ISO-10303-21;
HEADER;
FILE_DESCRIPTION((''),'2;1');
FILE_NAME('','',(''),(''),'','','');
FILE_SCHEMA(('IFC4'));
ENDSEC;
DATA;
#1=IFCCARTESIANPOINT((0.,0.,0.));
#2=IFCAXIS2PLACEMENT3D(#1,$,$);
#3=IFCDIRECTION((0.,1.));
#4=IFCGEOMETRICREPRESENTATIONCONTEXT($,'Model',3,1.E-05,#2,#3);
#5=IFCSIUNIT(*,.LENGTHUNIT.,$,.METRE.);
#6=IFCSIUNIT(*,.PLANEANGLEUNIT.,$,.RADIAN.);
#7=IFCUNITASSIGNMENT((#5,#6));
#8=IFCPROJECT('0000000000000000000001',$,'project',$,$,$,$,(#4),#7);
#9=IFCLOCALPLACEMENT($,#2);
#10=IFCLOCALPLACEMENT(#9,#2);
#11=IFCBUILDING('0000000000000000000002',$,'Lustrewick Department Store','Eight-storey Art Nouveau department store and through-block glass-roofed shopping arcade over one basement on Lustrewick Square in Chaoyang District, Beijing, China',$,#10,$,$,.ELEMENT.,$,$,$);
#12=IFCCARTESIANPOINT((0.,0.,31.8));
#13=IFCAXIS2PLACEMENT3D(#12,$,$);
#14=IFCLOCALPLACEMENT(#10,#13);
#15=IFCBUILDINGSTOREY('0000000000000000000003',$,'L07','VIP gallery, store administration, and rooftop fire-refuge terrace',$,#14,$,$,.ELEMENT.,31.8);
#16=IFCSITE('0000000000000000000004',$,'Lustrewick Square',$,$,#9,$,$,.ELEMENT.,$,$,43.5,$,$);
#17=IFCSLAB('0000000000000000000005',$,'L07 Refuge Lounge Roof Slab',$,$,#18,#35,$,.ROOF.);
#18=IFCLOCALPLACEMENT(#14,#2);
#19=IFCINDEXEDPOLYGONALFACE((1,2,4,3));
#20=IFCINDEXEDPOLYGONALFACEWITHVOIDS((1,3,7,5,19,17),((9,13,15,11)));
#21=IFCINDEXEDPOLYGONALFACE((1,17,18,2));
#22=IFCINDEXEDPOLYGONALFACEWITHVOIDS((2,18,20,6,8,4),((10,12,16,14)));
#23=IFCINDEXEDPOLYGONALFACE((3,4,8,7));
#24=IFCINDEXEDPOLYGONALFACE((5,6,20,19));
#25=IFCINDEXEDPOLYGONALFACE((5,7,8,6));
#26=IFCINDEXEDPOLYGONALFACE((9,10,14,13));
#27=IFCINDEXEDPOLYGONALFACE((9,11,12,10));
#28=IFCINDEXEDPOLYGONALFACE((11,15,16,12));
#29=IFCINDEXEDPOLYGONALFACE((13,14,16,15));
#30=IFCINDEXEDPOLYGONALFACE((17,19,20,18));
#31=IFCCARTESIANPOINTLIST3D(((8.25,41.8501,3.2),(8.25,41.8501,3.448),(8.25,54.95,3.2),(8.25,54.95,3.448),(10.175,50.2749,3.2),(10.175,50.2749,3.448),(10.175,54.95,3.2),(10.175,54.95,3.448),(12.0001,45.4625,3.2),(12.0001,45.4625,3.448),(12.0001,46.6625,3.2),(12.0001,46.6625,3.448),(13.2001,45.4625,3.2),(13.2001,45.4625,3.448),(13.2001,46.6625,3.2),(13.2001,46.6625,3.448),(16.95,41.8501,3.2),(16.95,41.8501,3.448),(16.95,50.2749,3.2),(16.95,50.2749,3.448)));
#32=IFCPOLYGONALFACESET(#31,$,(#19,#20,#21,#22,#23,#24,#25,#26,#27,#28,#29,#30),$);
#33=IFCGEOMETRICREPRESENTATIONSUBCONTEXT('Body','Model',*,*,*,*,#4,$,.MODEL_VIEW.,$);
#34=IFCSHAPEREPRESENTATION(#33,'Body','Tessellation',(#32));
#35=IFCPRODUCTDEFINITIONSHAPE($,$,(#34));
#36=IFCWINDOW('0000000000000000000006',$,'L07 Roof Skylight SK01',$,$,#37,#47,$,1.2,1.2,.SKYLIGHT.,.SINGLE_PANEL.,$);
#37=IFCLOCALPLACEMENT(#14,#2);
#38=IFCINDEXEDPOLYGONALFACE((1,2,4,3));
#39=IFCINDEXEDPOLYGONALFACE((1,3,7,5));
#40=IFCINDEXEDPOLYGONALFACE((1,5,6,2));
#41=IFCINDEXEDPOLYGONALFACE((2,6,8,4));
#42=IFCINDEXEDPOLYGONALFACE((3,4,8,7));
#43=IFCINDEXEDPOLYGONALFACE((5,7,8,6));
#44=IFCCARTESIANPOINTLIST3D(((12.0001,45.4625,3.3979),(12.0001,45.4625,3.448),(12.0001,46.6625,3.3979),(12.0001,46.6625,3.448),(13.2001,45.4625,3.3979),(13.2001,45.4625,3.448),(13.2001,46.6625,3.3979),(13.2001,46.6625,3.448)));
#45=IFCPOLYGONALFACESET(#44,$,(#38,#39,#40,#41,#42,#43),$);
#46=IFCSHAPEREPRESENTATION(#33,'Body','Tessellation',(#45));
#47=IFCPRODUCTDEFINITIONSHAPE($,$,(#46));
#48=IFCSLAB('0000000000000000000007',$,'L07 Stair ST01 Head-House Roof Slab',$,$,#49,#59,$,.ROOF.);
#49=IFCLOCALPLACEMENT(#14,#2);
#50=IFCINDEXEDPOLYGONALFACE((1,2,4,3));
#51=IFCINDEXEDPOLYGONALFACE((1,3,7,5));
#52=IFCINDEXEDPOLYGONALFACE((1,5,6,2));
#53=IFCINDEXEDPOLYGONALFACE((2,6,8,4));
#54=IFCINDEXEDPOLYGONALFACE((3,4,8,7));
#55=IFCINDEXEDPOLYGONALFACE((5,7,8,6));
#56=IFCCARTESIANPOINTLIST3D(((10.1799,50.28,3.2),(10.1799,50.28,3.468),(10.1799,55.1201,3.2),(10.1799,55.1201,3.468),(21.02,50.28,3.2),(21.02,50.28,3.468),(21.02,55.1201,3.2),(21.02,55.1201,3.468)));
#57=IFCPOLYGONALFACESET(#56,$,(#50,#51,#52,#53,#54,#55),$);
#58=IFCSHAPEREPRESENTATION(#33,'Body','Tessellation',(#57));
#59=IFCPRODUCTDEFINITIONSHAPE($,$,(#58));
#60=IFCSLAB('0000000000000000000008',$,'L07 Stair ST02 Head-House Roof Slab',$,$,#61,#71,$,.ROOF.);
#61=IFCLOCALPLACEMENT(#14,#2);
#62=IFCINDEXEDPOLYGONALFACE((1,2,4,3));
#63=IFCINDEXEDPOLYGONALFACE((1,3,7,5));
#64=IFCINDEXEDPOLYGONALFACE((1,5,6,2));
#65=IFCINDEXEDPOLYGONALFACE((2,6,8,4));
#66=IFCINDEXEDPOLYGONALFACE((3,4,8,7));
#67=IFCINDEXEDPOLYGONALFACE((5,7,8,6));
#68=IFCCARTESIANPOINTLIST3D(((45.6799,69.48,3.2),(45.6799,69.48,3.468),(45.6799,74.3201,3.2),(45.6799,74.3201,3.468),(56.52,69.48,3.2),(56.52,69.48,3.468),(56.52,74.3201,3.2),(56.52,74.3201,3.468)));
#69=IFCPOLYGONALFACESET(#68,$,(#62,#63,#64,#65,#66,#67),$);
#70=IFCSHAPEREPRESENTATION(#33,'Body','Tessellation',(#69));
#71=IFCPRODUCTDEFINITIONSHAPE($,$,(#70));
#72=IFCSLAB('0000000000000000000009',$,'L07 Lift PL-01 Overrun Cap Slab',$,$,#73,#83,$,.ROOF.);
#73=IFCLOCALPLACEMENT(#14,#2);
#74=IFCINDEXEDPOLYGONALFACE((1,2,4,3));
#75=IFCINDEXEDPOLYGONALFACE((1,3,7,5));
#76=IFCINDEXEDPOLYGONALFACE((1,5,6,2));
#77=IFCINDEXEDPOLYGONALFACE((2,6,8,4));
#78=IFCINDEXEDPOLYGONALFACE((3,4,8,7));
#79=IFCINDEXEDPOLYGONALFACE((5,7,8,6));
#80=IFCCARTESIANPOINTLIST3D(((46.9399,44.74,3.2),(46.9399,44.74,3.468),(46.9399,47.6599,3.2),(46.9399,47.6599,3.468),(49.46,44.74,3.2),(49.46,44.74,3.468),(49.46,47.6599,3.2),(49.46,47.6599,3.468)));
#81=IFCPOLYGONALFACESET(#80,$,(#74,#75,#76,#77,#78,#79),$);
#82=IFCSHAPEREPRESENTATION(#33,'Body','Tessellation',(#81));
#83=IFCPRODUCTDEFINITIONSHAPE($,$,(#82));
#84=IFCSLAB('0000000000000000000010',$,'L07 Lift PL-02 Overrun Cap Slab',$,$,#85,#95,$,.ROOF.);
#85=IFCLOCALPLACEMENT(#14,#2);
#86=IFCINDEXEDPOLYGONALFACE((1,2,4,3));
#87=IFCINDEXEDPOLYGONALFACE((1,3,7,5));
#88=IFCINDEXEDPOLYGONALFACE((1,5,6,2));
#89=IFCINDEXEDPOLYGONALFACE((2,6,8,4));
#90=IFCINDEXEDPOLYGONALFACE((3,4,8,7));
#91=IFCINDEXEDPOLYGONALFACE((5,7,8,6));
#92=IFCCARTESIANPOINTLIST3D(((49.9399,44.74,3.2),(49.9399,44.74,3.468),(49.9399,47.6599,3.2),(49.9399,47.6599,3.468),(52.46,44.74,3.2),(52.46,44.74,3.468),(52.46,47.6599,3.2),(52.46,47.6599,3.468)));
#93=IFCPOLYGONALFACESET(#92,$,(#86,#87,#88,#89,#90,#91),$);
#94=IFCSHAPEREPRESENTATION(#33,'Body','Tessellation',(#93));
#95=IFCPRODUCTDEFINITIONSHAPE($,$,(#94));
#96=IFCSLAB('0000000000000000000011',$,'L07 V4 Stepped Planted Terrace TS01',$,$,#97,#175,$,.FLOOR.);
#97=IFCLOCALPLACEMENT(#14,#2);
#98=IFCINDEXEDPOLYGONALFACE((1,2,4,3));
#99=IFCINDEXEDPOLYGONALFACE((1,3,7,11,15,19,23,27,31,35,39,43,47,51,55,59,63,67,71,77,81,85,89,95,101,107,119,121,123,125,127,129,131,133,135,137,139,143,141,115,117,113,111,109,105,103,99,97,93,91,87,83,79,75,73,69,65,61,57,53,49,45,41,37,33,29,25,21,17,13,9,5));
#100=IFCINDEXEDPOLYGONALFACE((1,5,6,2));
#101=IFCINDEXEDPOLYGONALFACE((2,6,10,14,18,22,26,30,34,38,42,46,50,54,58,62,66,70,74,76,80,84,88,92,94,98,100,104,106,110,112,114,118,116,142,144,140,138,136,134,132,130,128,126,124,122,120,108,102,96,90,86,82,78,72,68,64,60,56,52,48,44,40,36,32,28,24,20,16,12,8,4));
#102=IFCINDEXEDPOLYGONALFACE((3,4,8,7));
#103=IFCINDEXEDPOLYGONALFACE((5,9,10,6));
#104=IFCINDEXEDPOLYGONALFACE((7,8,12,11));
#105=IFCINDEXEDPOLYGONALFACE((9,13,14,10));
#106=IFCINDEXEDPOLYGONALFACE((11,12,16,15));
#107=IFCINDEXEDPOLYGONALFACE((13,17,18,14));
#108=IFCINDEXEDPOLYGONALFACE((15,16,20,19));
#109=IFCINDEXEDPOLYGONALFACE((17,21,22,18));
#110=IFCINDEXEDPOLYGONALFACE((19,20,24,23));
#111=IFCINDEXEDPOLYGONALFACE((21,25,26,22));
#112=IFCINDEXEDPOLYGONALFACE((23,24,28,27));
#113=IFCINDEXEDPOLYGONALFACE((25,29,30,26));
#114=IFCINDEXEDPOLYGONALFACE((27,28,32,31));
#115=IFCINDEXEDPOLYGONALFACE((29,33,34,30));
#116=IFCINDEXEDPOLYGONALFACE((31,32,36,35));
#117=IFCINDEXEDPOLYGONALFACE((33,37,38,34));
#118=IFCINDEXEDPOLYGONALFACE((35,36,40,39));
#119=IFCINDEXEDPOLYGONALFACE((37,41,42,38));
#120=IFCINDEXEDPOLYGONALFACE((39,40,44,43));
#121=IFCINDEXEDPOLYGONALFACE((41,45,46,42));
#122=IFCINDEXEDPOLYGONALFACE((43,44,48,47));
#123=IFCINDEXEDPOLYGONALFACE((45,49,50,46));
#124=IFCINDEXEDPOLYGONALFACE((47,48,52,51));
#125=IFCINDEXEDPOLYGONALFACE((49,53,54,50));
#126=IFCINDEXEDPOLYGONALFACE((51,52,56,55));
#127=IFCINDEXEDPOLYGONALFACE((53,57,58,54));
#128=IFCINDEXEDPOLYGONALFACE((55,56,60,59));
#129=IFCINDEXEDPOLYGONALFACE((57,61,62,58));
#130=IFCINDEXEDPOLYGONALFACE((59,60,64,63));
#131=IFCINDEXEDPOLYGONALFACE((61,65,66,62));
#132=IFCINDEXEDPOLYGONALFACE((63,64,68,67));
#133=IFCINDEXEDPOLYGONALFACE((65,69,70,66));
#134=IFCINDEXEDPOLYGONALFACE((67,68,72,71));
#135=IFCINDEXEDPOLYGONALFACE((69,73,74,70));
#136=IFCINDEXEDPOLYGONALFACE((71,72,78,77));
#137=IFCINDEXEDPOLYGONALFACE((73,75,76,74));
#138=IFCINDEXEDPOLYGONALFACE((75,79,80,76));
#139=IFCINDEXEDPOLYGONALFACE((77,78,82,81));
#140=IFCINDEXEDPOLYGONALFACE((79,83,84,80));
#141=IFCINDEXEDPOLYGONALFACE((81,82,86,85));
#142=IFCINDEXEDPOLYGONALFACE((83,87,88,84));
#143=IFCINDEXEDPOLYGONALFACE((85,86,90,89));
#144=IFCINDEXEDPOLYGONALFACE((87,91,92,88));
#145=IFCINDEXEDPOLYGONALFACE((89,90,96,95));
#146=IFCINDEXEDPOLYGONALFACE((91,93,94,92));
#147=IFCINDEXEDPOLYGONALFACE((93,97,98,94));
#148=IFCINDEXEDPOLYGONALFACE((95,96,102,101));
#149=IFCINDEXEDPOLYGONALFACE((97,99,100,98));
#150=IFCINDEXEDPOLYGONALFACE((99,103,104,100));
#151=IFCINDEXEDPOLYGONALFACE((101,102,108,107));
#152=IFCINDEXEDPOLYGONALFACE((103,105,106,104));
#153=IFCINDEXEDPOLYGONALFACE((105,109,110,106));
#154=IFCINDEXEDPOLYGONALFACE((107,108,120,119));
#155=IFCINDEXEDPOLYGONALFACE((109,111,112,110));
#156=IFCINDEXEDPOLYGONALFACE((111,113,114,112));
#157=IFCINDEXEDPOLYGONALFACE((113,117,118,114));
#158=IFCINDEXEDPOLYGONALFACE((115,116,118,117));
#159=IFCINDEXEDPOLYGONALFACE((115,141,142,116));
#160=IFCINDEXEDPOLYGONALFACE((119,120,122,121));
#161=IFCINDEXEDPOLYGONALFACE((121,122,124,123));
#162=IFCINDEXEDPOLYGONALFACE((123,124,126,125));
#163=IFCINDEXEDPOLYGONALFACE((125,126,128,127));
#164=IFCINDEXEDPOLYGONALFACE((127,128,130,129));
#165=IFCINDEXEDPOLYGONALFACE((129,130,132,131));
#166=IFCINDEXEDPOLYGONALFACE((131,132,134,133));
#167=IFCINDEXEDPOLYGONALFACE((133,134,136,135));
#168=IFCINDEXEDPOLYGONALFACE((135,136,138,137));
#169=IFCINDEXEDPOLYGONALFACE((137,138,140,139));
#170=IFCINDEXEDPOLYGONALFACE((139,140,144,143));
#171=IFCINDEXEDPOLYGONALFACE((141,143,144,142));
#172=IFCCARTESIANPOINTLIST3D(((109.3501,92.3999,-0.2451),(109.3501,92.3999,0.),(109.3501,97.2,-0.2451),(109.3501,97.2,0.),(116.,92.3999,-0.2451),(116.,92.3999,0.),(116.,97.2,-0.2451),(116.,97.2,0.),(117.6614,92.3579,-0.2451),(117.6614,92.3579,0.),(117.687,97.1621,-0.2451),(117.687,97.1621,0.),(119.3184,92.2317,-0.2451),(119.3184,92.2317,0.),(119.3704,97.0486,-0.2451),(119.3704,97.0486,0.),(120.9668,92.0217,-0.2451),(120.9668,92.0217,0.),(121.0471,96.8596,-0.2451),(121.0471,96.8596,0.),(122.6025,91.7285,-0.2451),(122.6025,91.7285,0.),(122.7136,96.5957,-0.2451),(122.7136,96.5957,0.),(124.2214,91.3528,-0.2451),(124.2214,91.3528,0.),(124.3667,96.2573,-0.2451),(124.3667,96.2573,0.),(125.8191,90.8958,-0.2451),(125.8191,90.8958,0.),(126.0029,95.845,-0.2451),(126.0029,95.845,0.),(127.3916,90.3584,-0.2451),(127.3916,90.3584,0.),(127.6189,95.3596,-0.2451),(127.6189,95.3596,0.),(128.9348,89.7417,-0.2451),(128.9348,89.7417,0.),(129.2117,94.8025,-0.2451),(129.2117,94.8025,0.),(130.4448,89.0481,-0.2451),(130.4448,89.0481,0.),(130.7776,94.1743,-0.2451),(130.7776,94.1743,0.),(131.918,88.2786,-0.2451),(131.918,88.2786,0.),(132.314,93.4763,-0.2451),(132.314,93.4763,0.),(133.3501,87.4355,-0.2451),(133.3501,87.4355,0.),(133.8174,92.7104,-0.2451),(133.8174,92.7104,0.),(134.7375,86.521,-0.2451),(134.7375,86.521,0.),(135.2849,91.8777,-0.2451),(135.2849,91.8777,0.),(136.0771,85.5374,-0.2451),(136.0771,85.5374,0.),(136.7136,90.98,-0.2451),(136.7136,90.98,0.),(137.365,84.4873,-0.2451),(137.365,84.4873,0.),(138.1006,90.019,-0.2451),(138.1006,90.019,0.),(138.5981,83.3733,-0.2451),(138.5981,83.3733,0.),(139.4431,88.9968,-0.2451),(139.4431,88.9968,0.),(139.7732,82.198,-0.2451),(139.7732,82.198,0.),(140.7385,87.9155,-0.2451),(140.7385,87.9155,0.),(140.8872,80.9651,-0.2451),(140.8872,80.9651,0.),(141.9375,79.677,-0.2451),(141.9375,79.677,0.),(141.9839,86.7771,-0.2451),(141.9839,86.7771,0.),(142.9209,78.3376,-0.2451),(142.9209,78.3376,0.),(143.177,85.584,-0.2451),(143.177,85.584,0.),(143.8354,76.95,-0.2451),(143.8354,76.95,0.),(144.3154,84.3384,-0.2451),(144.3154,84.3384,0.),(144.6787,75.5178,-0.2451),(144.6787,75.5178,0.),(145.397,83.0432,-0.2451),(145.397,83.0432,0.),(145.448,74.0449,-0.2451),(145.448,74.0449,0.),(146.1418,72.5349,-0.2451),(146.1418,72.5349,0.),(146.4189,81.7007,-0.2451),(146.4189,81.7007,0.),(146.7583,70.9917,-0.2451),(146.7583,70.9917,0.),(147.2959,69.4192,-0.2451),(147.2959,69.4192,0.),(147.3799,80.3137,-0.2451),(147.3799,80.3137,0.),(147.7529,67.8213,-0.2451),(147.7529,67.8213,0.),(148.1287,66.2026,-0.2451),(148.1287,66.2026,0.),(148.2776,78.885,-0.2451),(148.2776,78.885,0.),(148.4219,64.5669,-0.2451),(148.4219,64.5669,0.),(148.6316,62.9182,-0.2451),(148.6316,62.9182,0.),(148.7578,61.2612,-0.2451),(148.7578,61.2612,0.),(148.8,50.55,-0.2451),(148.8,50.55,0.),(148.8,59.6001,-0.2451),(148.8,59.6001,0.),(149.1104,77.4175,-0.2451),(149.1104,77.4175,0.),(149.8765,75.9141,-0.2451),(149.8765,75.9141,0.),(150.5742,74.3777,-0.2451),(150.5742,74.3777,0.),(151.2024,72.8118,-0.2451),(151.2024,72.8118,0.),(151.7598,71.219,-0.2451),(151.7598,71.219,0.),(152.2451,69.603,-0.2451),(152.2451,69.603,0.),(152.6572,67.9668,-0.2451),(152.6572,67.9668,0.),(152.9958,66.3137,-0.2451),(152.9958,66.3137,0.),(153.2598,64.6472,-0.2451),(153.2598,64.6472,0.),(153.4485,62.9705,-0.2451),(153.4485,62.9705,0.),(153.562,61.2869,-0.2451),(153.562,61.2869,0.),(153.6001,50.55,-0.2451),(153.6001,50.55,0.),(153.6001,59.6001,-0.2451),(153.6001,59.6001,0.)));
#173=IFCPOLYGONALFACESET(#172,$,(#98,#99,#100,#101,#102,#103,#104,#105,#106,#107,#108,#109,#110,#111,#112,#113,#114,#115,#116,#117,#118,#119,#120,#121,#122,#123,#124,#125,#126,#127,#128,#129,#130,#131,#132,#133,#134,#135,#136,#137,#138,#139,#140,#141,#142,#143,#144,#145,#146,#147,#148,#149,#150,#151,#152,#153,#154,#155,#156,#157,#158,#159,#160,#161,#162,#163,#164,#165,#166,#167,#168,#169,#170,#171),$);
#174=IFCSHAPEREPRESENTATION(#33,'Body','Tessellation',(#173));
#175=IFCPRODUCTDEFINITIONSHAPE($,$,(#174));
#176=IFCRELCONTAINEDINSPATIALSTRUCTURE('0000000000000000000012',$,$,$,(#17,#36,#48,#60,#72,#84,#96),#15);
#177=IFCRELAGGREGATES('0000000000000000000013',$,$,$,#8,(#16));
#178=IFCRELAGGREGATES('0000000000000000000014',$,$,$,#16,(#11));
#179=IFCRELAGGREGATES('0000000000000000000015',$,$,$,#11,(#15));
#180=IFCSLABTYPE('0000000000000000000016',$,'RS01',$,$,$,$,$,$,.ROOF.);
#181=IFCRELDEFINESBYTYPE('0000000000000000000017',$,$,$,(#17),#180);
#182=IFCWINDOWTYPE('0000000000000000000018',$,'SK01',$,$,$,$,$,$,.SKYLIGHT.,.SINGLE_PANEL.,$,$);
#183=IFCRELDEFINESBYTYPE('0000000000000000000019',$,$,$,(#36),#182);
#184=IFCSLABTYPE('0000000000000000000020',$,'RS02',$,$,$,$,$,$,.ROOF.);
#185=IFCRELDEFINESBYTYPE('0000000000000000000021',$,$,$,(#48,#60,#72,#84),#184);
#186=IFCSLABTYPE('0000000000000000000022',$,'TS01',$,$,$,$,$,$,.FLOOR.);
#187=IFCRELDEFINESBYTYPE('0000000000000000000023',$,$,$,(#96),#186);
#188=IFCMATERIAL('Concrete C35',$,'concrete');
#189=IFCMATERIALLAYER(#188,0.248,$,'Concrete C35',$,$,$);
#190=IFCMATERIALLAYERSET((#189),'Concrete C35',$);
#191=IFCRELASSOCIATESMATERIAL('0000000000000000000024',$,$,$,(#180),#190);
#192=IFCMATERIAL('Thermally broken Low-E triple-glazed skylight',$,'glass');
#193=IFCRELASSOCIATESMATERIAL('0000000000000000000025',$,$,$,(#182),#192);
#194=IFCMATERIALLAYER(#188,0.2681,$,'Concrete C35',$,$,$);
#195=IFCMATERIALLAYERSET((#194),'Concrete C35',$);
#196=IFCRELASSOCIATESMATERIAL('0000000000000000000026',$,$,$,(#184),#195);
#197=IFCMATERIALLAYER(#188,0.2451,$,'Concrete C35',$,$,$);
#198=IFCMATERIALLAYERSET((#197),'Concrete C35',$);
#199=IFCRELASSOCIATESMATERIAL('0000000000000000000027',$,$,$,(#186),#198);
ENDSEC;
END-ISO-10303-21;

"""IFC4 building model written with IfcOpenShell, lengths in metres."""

from ifc_helpers import new_model, si_unit, direction, frame, origin, origin_2d, place, context, subcontext, project, spatial, polyline, rectangle, outline, extrude, material, layer, layer_set, type_object, element, fill, save


model = new_model("IFC4")

# Units and contexts
model_context = context("Model", 3, precision=1e-05, world=origin(), true_north=direction((0.0, 1.0)))
body_context = subcontext(model_context, "Body", "Model", "MODEL_VIEW")
ifc_project = project(units=[si_unit("LENGTHUNIT", "METRE"), si_unit("PLANEANGLEUNIT", "RADIAN")], contexts=[model_context])

# Site, building, storey
site_placement = place(None, origin())
site = spatial("IfcSite", under=ifc_project, at=site_placement, Name="Lustrewick Square", CompositionType="ELEMENT", RefElevation=43.5)
building_placement = place(site_placement, origin())
building = spatial("IfcBuilding", under=site, at=building_placement, Name="Lustrewick Department Store", Description="Eight-storey Art Nouveau department store and through-block glass-roofed shopping arcade over one basement on Lustrewick Square in Chaoyang District, Beijing, China", CompositionType="ELEMENT")
storey_placement = place(building_placement, frame((0.0, 0.0, 31.8)))
storey = spatial("IfcBuildingStorey", under=building, at=storey_placement, Name="L07", Description="VIP gallery, store administration, and rooftop fire-refuge terrace", CompositionType="ELEMENT", Elevation=31.8)

# Shared definitions
ifc_material_1 = material(Name="Concrete C35", Category="concrete")
ifc_layer_1 = layer(ifc_material_1, 0.248, Name="Concrete C35")
ifc_layer_set_1 = layer_set([ifc_layer_1], Name="Concrete C35")
slab_type_1 = type_object("IfcSlabType", Name="RS01", PredefinedType="ROOF", material=ifc_layer_set_1)
ifc_material_2 = material(Name="Thermally broken Low-E triple-glazed skylight", Category="glass")

# Slab, opening, window
slab_1_placement = place(storey_placement, frame((0.0, 0.0, 3.2)))
slab_1 = element("IfcSlab", 1, at=slab_1_placement, inside=storey, type_object=slab_type_1, Name="L07 Refuge Lounge Roof Slab", PredefinedType="ROOF", context=body_context, shape_type="SweptSolid", body=[
    extrude(outline(polyline([(10.175, 50.2749), (10.175, 54.95), (8.25, 54.95), (8.25, 50.2749), (8.25, 41.8501), (16.95, 41.8501), (16.95, 50.2749), (10.175, 50.2749)])), origin(), (0.0, 0.0, 1.0), 0.248),
])
opening_1_placement = place(slab_1_placement, frame((12.6001, 46.0625, -0.01)))
opening_1 = element("IfcOpeningElement", 2, at=opening_1_placement, cuts=slab_1, PredefinedType="OPENING", context=body_context, shape_type="SweptSolid", body=[
    extrude(rectangle(XDim=1.2, YDim=1.2, at=origin_2d()), origin(), (0.0, 0.0, 1.0), 0.2681),
])
window_type_1 = type_object("IfcWindowType", Name="SK01", PartitioningType="SINGLE_PANEL", PredefinedType="SKYLIGHT", material=ifc_material_2)
window_1_placement = place(opening_1_placement, frame((0.0, 0.0, 0.208)))
window_1 = element("IfcWindow", 3, at=window_1_placement, inside=storey, type_object=window_type_1, Name="L07 Roof Skylight SK01", OverallHeight=1.2, OverallWidth=1.2, PartitioningType="SINGLE_PANEL", PredefinedType="SKYLIGHT", context=body_context, shape_type="SweptSolid", body=[
    extrude(rectangle(XDim=1.2, YDim=1.2, at=origin_2d()), origin(), (0.0, 0.0, 1.0), 0.05),
])
fill(opening_1, window_1)

# Slabs
ifc_layer_2 = layer(ifc_material_1, 0.2681, Name="Concrete C35")
ifc_layer_set_2 = layer_set([ifc_layer_2], Name="Concrete C35")
slab_type_2 = type_object("IfcSlabType", Name="RS02", PredefinedType="ROOF", material=ifc_layer_set_2)
slab_2_placement = place(storey_placement, frame((0.0, 0.0, 3.2)))
element("IfcSlab", 4, at=slab_2_placement, inside=storey, type_object=slab_type_2, Name="L07 Stair ST01 Head-House Roof Slab", PredefinedType="ROOF", context=body_context, shape_type="SweptSolid", body=[
    extrude(outline(polyline([(21.02, 50.28), (21.02, 55.1201), (10.1799, 55.1201), (10.1799, 50.28), (21.02, 50.28)])), origin(), (0.0, 0.0, 1.0), 0.2681),
])
slab_3_placement = place(storey_placement, frame((0.0, 0.0, 3.2)))
element("IfcSlab", 5, at=slab_3_placement, inside=storey, type_object=slab_type_2, Name="L07 Stair ST02 Head-House Roof Slab", PredefinedType="ROOF", context=body_context, shape_type="SweptSolid", body=[
    extrude(outline(polyline([(56.52, 69.48), (56.52, 74.3201), (45.6799, 74.3201), (45.6799, 69.48), (56.52, 69.48)])), origin(), (0.0, 0.0, 1.0), 0.2681),
])
slab_4_placement = place(storey_placement, frame((0.0, 0.0, 3.2)))
element("IfcSlab", 6, at=slab_4_placement, inside=storey, type_object=slab_type_2, Name="L07 Lift PL-01 Overrun Cap Slab", PredefinedType="ROOF", context=body_context, shape_type="SweptSolid", body=[
    extrude(outline(polyline([(49.46, 44.74), (49.46, 47.6599), (46.9399, 47.6599), (46.9399, 44.74), (49.46, 44.74)])), origin(), (0.0, 0.0, 1.0), 0.2681),
])
slab_5_placement = place(storey_placement, frame((0.0, 0.0, 3.2)))
element("IfcSlab", 7, at=slab_5_placement, inside=storey, type_object=slab_type_2, Name="L07 Lift PL-02 Overrun Cap Slab", PredefinedType="ROOF", context=body_context, shape_type="SweptSolid", body=[
    extrude(outline(polyline([(52.46, 44.74), (52.46, 47.6599), (49.9399, 47.6599), (49.9399, 44.74), (52.46, 44.74)])), origin(), (0.0, 0.0, 1.0), 0.2681),
])
ifc_layer_3 = layer(ifc_material_1, 0.2451, Name="Concrete C35")
ifc_layer_set_3 = layer_set([ifc_layer_3], Name="Concrete C35")
slab_type_3 = type_object("IfcSlabType", Name="TS01", PredefinedType="FLOOR", material=ifc_layer_set_3)
slab_6_placement = place(storey_placement, frame((0.0, 0.0, -0.2451)))
element("IfcSlab", 8, at=slab_6_placement, inside=storey, type_object=slab_type_3, Name="L07 V4 Stepped Planted Terrace TS01", PredefinedType="FLOOR", context=body_context, shape_type="SweptSolid", body=[
    extrude(outline(polyline([(109.3501, 97.2), (109.3501, 92.3999), (116.0, 92.3999), (117.6614, 92.3579), (119.3184, 92.2317), (120.9668, 92.0217), (122.6025, 91.7285), (124.2214, 91.3528), (125.8191, 90.8958), (127.3916, 90.3584), (128.9348, 89.7417), (130.4448, 89.0481), (131.918, 88.2786), (133.3501, 87.4355), (134.7375, 86.521), (136.0771, 85.5374), (137.365, 84.4873), (138.5981, 83.3733), (139.7732, 82.198), (140.8872, 80.9651), (141.9375, 79.677), (142.9209, 78.3376), (143.8354, 76.95), (144.6787, 75.5178), (145.448, 74.0449), (146.1418, 72.5349), (146.7583, 70.9917), (147.2959, 69.4192), (147.7529, 67.8213), (148.1287, 66.2026), (148.4219, 64.5669), (148.6316, 62.9182), (148.7578, 61.2612), (148.8, 59.6001), (148.8, 50.55), (153.6001, 50.55), (153.6001, 59.6001), (153.562, 61.2869), (153.4485, 62.9705), (153.2598, 64.6472), (152.9958, 66.3137), (152.6572, 67.9668), (152.2451, 69.603), (151.7598, 71.219), (151.2024, 72.8118), (150.5742, 74.3777), (149.8765, 75.9141), (149.1104, 77.4175), (148.2776, 78.885), (147.3799, 80.3137), (146.4189, 81.7007), (145.397, 83.0432), (144.3154, 84.3384), (143.177, 85.584), (141.9839, 86.7771), (140.7385, 87.9155), (139.4431, 88.9968), (138.1006, 90.019), (136.7136, 90.98), (135.2849, 91.8777), (133.8174, 92.7104), (132.314, 93.4763), (130.7776, 94.1743), (129.2117, 94.8025), (127.6189, 95.3596), (126.0029, 95.845), (124.3667, 96.2573), (122.7136, 96.5957), (121.0471, 96.8596), (119.3704, 97.0486), (117.687, 97.1621), (116.0, 97.2), (109.3501, 97.2)])), origin(), (0.0, 0.0, 1.0), 0.2451),
])

save(model, "model.ifc")
